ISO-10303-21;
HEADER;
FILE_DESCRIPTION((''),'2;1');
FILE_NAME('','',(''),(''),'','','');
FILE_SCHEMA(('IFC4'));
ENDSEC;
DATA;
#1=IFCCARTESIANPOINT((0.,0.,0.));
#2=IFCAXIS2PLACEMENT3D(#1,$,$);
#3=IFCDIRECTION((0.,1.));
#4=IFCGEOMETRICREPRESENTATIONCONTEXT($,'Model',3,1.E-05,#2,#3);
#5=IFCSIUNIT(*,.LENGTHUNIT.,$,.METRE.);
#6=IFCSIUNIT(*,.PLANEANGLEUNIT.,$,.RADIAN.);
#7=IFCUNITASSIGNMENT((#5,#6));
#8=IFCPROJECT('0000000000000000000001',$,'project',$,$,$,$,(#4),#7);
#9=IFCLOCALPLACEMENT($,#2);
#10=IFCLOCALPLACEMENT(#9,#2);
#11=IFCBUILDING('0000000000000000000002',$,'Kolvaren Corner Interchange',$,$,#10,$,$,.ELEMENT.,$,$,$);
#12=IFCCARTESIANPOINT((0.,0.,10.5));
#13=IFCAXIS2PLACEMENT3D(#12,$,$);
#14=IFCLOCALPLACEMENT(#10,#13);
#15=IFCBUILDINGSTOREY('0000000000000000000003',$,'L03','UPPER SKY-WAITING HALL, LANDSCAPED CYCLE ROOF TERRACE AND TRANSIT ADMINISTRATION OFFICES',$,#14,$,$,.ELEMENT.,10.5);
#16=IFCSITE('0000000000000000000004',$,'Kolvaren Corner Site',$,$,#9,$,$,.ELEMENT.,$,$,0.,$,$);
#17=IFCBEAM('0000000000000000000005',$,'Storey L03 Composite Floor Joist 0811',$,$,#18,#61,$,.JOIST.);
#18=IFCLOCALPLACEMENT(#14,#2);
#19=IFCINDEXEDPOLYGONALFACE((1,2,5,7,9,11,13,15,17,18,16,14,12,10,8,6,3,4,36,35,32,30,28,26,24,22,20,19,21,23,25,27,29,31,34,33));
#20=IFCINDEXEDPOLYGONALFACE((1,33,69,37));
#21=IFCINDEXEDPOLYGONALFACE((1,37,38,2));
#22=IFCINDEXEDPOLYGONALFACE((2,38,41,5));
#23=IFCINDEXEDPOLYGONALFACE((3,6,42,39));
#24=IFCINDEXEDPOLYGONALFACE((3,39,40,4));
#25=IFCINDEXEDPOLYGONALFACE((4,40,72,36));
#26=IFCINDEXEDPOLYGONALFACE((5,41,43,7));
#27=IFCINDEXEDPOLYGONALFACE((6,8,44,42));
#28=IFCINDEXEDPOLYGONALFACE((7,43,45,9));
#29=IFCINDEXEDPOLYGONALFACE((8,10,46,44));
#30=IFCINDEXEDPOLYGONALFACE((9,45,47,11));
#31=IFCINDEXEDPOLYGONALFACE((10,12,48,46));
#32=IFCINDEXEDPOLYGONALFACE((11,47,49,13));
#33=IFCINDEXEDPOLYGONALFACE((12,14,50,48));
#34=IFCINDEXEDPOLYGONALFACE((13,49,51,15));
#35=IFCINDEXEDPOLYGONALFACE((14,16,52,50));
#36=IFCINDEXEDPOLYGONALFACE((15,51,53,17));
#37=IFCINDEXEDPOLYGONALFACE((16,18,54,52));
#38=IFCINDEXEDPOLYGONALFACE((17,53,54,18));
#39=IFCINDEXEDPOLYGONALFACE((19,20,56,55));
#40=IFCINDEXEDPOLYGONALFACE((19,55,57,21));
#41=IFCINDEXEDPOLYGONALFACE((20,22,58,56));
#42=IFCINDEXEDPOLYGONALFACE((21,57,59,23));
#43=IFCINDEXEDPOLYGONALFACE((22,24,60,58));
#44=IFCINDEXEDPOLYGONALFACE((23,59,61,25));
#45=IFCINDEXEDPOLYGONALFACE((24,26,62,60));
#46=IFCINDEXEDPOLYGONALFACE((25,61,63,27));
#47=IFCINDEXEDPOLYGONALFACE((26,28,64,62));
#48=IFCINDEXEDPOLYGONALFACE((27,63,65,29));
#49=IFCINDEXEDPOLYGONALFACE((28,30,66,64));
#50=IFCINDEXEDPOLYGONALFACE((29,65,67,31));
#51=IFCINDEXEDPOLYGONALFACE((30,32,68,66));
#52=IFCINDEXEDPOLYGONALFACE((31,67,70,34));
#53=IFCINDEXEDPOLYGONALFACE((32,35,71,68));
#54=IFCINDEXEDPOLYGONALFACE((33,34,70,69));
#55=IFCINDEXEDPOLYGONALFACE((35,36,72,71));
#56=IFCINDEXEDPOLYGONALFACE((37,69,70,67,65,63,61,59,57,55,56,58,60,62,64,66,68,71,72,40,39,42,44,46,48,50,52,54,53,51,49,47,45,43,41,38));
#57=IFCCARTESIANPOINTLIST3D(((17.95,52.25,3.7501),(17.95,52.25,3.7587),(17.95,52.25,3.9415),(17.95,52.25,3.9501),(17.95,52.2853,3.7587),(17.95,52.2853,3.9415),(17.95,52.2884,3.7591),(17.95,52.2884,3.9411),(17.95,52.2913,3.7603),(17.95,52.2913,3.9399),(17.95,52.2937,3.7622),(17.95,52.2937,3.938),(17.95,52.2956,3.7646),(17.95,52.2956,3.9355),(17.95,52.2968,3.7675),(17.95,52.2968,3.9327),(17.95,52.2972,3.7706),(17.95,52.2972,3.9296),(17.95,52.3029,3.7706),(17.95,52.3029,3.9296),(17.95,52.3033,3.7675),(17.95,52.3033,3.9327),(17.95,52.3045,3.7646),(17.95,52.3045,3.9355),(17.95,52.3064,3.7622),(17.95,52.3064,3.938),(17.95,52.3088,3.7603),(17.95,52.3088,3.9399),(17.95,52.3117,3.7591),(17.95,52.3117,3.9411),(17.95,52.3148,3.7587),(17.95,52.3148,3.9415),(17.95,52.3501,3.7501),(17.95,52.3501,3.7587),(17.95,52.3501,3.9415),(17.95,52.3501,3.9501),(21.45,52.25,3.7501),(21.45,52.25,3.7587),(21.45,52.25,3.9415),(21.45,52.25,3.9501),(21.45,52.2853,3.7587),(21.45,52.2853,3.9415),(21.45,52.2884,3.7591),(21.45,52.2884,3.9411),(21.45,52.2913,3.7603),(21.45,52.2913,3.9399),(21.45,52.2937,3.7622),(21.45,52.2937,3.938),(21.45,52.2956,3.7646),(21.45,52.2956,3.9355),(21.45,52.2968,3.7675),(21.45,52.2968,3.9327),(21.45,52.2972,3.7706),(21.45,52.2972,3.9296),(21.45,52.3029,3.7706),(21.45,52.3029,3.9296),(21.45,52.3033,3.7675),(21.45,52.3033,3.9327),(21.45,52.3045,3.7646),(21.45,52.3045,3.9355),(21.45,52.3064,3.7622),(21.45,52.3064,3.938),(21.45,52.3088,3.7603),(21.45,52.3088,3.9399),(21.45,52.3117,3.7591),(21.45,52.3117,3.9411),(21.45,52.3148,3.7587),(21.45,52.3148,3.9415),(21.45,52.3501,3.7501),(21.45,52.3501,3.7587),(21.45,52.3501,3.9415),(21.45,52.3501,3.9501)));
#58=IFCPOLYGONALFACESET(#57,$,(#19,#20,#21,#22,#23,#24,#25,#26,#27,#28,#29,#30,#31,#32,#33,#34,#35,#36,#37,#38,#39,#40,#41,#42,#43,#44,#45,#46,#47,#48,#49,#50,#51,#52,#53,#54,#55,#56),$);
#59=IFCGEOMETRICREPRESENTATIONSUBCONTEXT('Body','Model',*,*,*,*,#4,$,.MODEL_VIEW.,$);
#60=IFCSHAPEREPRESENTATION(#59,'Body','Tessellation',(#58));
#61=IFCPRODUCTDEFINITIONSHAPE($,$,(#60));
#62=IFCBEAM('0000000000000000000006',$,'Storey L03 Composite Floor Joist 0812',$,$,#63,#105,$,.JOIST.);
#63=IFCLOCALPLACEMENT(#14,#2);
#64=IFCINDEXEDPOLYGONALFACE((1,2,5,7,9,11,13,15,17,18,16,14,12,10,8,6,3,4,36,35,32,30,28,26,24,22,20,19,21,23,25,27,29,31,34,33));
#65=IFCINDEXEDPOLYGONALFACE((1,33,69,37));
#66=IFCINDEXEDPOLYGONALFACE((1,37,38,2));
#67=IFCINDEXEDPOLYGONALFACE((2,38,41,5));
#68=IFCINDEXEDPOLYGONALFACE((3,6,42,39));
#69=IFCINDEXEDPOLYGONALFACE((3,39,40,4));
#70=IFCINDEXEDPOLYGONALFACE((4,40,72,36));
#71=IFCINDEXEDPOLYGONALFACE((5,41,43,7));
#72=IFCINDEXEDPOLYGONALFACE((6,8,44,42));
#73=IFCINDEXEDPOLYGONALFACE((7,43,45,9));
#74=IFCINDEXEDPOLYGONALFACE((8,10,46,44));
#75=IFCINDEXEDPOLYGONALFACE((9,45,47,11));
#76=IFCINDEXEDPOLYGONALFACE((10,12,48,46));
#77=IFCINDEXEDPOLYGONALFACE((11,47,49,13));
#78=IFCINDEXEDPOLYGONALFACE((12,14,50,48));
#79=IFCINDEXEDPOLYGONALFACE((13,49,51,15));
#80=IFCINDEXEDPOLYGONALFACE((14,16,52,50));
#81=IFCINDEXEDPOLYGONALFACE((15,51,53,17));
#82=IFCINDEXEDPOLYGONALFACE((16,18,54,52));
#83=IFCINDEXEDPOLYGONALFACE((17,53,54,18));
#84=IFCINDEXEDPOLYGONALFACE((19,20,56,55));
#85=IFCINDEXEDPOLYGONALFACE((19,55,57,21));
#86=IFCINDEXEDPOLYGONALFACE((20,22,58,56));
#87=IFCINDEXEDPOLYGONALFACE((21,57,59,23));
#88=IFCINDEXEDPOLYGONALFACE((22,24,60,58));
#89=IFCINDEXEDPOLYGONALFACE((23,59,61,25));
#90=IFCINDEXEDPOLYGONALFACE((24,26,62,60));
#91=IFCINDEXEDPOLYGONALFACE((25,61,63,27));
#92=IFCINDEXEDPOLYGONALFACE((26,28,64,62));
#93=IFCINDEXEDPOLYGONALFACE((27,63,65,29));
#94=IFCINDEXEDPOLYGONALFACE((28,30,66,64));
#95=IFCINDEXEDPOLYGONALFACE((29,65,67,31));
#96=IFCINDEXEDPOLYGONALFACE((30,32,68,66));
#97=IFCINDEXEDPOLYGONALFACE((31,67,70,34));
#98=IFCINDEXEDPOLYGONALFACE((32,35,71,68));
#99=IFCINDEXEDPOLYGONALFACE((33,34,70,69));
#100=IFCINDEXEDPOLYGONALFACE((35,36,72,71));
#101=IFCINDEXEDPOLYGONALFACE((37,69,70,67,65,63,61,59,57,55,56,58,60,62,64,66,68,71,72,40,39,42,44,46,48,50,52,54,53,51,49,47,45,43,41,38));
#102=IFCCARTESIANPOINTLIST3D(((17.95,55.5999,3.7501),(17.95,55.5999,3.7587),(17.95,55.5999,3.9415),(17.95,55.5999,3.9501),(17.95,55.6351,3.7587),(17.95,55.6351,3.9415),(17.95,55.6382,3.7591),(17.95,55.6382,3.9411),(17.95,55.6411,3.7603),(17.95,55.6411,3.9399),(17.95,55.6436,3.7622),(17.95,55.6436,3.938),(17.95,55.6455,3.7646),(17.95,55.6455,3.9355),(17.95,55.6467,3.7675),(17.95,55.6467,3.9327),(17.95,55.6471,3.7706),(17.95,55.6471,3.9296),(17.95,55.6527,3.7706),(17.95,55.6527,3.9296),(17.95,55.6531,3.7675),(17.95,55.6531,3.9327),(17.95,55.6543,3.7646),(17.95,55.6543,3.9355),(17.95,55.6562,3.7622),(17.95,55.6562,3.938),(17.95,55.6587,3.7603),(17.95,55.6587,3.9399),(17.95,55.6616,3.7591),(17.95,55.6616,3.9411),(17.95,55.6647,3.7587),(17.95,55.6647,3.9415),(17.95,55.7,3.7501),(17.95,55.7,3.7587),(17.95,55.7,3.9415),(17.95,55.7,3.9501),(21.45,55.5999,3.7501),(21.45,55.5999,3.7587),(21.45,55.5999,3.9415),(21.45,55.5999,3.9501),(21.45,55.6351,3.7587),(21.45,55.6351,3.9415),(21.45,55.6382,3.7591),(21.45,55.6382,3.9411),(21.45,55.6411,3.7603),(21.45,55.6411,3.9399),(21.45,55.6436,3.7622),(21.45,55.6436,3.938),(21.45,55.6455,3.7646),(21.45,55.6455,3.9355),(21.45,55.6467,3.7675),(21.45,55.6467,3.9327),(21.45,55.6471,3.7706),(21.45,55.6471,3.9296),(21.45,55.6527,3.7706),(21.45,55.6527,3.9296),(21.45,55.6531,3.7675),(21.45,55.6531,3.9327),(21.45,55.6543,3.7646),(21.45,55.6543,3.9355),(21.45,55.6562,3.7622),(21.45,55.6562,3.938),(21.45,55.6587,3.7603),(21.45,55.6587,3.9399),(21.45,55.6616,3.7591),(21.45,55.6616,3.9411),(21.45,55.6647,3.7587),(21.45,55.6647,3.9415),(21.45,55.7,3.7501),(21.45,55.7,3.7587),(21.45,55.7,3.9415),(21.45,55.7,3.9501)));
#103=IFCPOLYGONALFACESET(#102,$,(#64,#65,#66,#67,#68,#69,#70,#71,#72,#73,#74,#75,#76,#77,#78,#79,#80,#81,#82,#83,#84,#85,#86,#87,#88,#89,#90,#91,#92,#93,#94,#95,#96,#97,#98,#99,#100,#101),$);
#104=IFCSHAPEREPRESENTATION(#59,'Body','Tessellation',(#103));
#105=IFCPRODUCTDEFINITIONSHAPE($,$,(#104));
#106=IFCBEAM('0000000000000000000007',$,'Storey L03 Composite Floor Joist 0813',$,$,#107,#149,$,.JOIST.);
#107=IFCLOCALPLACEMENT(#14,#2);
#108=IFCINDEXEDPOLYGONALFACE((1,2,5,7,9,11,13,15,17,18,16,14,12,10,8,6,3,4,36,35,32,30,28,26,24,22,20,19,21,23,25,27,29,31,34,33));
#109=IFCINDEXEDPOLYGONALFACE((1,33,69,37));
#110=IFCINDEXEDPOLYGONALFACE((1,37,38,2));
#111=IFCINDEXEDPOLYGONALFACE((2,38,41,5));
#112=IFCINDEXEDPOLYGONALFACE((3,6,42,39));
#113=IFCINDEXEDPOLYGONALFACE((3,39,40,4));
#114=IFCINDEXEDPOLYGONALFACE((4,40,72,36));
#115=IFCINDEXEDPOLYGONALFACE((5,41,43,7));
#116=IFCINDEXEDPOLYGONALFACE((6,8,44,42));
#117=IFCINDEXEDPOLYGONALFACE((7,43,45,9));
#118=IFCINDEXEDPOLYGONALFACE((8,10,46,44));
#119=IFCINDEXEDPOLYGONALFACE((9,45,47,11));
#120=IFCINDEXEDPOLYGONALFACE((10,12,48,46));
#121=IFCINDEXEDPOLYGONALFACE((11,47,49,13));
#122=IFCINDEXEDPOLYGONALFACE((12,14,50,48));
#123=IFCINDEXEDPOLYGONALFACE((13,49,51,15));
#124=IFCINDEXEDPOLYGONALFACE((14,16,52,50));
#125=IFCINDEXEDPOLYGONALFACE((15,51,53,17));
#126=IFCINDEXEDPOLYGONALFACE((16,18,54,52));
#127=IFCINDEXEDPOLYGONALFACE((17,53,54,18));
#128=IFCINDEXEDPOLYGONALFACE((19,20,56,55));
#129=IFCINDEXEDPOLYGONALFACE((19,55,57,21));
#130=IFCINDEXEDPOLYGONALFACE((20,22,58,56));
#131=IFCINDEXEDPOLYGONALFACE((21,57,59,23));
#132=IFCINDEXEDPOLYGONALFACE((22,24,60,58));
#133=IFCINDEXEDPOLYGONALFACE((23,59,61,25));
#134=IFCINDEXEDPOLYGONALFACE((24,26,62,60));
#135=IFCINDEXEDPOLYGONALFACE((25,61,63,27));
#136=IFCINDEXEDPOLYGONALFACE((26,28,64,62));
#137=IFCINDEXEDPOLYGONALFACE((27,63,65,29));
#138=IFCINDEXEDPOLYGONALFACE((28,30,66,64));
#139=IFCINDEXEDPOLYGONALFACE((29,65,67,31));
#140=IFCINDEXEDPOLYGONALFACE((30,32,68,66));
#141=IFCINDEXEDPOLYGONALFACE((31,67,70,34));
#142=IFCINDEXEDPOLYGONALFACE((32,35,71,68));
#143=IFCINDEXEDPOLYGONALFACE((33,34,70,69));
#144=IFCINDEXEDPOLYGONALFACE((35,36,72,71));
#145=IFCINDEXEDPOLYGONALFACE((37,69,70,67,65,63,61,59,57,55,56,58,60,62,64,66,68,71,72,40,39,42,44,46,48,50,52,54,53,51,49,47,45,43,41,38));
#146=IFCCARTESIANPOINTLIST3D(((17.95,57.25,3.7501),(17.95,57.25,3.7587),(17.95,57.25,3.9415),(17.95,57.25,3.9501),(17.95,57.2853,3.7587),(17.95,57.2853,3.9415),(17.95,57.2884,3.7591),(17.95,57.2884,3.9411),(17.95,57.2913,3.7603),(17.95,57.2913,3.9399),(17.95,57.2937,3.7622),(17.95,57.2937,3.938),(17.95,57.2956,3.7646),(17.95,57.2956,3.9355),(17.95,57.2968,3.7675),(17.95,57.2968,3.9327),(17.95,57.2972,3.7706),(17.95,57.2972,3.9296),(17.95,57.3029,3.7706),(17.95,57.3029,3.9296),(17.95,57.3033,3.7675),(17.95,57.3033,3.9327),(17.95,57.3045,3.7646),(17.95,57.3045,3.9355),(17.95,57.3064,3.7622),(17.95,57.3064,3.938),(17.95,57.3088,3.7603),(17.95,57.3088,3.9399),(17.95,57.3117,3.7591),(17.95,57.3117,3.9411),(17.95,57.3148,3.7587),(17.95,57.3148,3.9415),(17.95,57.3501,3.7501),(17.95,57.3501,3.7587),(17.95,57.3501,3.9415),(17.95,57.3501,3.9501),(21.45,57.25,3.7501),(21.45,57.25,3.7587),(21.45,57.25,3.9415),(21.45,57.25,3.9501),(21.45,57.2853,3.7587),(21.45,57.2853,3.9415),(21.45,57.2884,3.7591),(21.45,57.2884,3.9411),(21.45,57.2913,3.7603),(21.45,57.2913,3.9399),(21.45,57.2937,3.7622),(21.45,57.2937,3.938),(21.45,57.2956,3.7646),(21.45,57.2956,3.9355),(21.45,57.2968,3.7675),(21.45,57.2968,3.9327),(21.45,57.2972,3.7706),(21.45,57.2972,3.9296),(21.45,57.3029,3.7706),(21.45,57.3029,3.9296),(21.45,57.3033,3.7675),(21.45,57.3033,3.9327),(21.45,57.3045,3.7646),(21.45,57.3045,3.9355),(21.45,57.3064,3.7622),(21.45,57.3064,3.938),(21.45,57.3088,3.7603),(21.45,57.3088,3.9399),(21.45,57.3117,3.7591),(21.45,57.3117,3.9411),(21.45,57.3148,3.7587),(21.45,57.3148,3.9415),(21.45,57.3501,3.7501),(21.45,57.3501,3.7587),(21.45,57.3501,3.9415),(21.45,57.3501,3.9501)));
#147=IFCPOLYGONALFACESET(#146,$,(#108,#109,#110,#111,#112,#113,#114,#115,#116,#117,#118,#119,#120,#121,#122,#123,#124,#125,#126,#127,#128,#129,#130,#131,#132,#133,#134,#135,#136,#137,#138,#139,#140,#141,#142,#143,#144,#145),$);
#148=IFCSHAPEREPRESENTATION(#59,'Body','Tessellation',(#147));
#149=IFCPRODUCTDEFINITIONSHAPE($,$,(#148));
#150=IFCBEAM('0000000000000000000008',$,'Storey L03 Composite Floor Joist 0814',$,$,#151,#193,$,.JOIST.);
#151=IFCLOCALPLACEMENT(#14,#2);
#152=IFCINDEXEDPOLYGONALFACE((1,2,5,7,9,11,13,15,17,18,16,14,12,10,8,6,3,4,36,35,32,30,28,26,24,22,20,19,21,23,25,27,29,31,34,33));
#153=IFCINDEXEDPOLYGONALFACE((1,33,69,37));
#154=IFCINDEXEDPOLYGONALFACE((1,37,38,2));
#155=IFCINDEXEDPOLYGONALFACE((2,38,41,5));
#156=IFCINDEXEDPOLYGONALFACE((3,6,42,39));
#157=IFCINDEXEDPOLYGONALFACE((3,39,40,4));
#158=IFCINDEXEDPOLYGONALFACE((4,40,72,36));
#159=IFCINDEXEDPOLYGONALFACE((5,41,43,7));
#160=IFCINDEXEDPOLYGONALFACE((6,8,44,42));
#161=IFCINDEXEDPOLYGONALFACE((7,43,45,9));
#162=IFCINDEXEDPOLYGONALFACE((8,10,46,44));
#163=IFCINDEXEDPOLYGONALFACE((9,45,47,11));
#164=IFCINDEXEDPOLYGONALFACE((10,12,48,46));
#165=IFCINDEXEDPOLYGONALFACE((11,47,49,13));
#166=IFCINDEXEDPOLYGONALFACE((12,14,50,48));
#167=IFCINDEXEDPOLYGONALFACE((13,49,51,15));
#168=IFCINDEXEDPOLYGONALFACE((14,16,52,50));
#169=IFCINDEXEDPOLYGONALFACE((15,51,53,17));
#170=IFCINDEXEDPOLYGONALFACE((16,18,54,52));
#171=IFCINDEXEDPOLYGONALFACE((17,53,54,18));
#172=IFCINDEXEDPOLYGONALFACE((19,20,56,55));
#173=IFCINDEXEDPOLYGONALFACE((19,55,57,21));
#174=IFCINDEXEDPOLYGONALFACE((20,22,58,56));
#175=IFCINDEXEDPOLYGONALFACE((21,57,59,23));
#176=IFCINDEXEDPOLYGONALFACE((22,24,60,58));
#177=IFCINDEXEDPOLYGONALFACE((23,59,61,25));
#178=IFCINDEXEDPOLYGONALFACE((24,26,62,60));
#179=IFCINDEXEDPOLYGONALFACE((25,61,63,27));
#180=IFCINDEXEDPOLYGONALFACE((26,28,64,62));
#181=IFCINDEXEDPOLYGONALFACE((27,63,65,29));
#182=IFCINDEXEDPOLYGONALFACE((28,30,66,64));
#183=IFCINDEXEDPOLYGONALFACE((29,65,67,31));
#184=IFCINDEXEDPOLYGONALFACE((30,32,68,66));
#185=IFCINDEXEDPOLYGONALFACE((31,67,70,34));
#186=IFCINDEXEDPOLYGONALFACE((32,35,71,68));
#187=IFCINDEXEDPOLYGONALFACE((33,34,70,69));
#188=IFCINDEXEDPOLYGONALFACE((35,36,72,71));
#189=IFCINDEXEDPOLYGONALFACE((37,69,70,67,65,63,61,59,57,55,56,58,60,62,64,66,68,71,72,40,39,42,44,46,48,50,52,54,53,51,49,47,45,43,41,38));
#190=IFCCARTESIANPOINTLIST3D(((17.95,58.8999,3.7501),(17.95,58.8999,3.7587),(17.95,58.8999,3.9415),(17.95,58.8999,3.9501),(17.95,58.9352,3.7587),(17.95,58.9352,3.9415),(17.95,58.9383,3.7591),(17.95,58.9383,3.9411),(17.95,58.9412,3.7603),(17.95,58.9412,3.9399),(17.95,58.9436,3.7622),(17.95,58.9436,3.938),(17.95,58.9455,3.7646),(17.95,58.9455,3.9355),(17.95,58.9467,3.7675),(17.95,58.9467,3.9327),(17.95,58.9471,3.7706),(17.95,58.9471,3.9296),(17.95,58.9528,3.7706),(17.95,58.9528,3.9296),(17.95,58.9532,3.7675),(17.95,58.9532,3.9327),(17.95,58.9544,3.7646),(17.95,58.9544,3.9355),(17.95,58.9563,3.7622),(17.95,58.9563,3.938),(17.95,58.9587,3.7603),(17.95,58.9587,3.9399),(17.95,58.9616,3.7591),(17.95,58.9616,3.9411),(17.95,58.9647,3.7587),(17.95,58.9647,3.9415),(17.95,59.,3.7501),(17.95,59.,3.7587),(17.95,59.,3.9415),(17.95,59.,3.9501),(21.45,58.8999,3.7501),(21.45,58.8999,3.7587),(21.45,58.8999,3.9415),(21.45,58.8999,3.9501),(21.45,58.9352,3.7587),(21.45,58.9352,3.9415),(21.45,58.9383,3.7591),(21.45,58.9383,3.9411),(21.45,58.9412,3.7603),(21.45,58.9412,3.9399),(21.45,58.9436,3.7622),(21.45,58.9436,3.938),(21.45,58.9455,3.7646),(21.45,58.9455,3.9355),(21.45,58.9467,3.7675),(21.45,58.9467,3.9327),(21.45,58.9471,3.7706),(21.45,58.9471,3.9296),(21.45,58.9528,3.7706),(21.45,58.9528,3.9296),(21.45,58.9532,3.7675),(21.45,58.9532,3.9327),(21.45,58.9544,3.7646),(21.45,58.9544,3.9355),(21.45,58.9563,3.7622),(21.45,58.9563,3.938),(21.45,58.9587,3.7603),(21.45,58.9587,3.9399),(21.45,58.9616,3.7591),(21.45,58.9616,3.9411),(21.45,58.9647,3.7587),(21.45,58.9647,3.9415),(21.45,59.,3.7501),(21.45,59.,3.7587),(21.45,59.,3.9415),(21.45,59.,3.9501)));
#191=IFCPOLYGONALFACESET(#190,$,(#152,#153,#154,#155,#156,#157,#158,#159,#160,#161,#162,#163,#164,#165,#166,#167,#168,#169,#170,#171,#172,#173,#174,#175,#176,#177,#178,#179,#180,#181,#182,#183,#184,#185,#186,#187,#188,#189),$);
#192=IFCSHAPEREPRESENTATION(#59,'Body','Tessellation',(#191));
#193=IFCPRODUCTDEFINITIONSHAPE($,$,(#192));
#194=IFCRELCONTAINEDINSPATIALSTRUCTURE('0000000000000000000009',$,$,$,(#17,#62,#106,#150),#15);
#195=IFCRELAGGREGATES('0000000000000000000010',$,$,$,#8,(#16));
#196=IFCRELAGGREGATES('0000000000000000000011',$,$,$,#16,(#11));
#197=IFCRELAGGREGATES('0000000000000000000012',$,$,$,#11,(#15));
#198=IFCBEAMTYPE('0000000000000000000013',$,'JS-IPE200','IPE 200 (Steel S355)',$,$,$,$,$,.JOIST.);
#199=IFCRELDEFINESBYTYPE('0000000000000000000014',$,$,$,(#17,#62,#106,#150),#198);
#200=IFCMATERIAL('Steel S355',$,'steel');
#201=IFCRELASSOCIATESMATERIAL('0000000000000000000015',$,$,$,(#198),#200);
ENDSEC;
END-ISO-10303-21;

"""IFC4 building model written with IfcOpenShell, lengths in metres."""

from ifc_helpers import new_model, si_unit, direction, frame, origin, origin_2d, place, context, subcontext, project, spatial, i_section, extrude, material, material_profile, profile_set, type_object, element, save


model = new_model("IFC4")

# Units and contexts
model_context = context("Model", 3, precision=1e-05, world=origin(), true_north=direction((0.0, 1.0)))
body_context = subcontext(model_context, "Body", "Model", "MODEL_VIEW")
ifc_project = project(units=[si_unit("LENGTHUNIT", "METRE"), si_unit("PLANEANGLEUNIT", "RADIAN")], contexts=[model_context])

# Site, building, storey
site_placement = place(None, origin())
site = spatial("IfcSite", under=ifc_project, at=site_placement, Name="Kolvaren Corner Site", CompositionType="ELEMENT", RefElevation=0.0)
building_placement = place(site_placement, origin())
building = spatial("IfcBuilding", under=site, at=building_placement, Name="Kolvaren Corner Interchange", CompositionType="ELEMENT")
storey_placement = place(building_placement, frame((0.0, 0.0, 10.5)))
storey = spatial("IfcBuildingStorey", under=building, at=storey_placement, Name="L03", Description="UPPER SKY-WAITING HALL, LANDSCAPED CYCLE ROOF TERRACE AND TRANSIT ADMINISTRATION OFFICES", CompositionType="ELEMENT", Elevation=10.5)

# Beams
ifc_material_1 = material(Name="Steel S355", Category="steel")
ifc_material_profile_1 = material_profile(ifc_material_1, i_section(OverallWidth=0.1001, OverallDepth=0.2, WebThickness=0.0056, FlangeThickness=0.0085, FilletRadius=0.012, at=origin_2d()), Name="IPE 200")
ifc_profile_set_1 = profile_set([ifc_material_profile_1], Name="Steel S355")
beam_type_1 = type_object("IfcBeamType", Name="JS-IPE200", Description="IPE 200 (Steel S355)", PredefinedType="JOIST", material=ifc_profile_set_1)
for number, where, z_axis, x_axis, name in (
    (1, (17.95, 52.3, 3.8501), (1.0, 0.0, 0.0), (0.0, 1.0, 0.0), "Storey L03 Composite Floor Joist 0811"),
    (2, (17.95, 55.6499, 3.8501), (1.0, 0.0, 0.0), (0.0, 1.0, 0.0), "Storey L03 Composite Floor Joist 0812"),
    (3, (17.95, 57.3, 3.8501), (1.0, 0.0, 0.0), (0.0, 1.0, 0.0), "Storey L03 Composite Floor Joist 0813"),
    (4, (17.95, 58.95, 3.8501), (1.0, 0.0, 0.0), (0.0, 1.0, 0.0), "Storey L03 Composite Floor Joist 0814"),
):
    element("IfcBeam", number, at=place(storey_placement, frame(where, z_axis=z_axis, x_axis=x_axis)), inside=storey, type_object=beam_type_1, Name=name, PredefinedType="JOIST", context=body_context, shape_type="SweptSolid", body=[
        extrude(i_section(OverallWidth=0.1001, OverallDepth=0.2, WebThickness=0.0056, FlangeThickness=0.0085, FilletRadius=0.012, at=origin_2d()), origin(), (0.0, 0.0, 1.0), 3.5),
    ])

save(model, "model.ifc")
